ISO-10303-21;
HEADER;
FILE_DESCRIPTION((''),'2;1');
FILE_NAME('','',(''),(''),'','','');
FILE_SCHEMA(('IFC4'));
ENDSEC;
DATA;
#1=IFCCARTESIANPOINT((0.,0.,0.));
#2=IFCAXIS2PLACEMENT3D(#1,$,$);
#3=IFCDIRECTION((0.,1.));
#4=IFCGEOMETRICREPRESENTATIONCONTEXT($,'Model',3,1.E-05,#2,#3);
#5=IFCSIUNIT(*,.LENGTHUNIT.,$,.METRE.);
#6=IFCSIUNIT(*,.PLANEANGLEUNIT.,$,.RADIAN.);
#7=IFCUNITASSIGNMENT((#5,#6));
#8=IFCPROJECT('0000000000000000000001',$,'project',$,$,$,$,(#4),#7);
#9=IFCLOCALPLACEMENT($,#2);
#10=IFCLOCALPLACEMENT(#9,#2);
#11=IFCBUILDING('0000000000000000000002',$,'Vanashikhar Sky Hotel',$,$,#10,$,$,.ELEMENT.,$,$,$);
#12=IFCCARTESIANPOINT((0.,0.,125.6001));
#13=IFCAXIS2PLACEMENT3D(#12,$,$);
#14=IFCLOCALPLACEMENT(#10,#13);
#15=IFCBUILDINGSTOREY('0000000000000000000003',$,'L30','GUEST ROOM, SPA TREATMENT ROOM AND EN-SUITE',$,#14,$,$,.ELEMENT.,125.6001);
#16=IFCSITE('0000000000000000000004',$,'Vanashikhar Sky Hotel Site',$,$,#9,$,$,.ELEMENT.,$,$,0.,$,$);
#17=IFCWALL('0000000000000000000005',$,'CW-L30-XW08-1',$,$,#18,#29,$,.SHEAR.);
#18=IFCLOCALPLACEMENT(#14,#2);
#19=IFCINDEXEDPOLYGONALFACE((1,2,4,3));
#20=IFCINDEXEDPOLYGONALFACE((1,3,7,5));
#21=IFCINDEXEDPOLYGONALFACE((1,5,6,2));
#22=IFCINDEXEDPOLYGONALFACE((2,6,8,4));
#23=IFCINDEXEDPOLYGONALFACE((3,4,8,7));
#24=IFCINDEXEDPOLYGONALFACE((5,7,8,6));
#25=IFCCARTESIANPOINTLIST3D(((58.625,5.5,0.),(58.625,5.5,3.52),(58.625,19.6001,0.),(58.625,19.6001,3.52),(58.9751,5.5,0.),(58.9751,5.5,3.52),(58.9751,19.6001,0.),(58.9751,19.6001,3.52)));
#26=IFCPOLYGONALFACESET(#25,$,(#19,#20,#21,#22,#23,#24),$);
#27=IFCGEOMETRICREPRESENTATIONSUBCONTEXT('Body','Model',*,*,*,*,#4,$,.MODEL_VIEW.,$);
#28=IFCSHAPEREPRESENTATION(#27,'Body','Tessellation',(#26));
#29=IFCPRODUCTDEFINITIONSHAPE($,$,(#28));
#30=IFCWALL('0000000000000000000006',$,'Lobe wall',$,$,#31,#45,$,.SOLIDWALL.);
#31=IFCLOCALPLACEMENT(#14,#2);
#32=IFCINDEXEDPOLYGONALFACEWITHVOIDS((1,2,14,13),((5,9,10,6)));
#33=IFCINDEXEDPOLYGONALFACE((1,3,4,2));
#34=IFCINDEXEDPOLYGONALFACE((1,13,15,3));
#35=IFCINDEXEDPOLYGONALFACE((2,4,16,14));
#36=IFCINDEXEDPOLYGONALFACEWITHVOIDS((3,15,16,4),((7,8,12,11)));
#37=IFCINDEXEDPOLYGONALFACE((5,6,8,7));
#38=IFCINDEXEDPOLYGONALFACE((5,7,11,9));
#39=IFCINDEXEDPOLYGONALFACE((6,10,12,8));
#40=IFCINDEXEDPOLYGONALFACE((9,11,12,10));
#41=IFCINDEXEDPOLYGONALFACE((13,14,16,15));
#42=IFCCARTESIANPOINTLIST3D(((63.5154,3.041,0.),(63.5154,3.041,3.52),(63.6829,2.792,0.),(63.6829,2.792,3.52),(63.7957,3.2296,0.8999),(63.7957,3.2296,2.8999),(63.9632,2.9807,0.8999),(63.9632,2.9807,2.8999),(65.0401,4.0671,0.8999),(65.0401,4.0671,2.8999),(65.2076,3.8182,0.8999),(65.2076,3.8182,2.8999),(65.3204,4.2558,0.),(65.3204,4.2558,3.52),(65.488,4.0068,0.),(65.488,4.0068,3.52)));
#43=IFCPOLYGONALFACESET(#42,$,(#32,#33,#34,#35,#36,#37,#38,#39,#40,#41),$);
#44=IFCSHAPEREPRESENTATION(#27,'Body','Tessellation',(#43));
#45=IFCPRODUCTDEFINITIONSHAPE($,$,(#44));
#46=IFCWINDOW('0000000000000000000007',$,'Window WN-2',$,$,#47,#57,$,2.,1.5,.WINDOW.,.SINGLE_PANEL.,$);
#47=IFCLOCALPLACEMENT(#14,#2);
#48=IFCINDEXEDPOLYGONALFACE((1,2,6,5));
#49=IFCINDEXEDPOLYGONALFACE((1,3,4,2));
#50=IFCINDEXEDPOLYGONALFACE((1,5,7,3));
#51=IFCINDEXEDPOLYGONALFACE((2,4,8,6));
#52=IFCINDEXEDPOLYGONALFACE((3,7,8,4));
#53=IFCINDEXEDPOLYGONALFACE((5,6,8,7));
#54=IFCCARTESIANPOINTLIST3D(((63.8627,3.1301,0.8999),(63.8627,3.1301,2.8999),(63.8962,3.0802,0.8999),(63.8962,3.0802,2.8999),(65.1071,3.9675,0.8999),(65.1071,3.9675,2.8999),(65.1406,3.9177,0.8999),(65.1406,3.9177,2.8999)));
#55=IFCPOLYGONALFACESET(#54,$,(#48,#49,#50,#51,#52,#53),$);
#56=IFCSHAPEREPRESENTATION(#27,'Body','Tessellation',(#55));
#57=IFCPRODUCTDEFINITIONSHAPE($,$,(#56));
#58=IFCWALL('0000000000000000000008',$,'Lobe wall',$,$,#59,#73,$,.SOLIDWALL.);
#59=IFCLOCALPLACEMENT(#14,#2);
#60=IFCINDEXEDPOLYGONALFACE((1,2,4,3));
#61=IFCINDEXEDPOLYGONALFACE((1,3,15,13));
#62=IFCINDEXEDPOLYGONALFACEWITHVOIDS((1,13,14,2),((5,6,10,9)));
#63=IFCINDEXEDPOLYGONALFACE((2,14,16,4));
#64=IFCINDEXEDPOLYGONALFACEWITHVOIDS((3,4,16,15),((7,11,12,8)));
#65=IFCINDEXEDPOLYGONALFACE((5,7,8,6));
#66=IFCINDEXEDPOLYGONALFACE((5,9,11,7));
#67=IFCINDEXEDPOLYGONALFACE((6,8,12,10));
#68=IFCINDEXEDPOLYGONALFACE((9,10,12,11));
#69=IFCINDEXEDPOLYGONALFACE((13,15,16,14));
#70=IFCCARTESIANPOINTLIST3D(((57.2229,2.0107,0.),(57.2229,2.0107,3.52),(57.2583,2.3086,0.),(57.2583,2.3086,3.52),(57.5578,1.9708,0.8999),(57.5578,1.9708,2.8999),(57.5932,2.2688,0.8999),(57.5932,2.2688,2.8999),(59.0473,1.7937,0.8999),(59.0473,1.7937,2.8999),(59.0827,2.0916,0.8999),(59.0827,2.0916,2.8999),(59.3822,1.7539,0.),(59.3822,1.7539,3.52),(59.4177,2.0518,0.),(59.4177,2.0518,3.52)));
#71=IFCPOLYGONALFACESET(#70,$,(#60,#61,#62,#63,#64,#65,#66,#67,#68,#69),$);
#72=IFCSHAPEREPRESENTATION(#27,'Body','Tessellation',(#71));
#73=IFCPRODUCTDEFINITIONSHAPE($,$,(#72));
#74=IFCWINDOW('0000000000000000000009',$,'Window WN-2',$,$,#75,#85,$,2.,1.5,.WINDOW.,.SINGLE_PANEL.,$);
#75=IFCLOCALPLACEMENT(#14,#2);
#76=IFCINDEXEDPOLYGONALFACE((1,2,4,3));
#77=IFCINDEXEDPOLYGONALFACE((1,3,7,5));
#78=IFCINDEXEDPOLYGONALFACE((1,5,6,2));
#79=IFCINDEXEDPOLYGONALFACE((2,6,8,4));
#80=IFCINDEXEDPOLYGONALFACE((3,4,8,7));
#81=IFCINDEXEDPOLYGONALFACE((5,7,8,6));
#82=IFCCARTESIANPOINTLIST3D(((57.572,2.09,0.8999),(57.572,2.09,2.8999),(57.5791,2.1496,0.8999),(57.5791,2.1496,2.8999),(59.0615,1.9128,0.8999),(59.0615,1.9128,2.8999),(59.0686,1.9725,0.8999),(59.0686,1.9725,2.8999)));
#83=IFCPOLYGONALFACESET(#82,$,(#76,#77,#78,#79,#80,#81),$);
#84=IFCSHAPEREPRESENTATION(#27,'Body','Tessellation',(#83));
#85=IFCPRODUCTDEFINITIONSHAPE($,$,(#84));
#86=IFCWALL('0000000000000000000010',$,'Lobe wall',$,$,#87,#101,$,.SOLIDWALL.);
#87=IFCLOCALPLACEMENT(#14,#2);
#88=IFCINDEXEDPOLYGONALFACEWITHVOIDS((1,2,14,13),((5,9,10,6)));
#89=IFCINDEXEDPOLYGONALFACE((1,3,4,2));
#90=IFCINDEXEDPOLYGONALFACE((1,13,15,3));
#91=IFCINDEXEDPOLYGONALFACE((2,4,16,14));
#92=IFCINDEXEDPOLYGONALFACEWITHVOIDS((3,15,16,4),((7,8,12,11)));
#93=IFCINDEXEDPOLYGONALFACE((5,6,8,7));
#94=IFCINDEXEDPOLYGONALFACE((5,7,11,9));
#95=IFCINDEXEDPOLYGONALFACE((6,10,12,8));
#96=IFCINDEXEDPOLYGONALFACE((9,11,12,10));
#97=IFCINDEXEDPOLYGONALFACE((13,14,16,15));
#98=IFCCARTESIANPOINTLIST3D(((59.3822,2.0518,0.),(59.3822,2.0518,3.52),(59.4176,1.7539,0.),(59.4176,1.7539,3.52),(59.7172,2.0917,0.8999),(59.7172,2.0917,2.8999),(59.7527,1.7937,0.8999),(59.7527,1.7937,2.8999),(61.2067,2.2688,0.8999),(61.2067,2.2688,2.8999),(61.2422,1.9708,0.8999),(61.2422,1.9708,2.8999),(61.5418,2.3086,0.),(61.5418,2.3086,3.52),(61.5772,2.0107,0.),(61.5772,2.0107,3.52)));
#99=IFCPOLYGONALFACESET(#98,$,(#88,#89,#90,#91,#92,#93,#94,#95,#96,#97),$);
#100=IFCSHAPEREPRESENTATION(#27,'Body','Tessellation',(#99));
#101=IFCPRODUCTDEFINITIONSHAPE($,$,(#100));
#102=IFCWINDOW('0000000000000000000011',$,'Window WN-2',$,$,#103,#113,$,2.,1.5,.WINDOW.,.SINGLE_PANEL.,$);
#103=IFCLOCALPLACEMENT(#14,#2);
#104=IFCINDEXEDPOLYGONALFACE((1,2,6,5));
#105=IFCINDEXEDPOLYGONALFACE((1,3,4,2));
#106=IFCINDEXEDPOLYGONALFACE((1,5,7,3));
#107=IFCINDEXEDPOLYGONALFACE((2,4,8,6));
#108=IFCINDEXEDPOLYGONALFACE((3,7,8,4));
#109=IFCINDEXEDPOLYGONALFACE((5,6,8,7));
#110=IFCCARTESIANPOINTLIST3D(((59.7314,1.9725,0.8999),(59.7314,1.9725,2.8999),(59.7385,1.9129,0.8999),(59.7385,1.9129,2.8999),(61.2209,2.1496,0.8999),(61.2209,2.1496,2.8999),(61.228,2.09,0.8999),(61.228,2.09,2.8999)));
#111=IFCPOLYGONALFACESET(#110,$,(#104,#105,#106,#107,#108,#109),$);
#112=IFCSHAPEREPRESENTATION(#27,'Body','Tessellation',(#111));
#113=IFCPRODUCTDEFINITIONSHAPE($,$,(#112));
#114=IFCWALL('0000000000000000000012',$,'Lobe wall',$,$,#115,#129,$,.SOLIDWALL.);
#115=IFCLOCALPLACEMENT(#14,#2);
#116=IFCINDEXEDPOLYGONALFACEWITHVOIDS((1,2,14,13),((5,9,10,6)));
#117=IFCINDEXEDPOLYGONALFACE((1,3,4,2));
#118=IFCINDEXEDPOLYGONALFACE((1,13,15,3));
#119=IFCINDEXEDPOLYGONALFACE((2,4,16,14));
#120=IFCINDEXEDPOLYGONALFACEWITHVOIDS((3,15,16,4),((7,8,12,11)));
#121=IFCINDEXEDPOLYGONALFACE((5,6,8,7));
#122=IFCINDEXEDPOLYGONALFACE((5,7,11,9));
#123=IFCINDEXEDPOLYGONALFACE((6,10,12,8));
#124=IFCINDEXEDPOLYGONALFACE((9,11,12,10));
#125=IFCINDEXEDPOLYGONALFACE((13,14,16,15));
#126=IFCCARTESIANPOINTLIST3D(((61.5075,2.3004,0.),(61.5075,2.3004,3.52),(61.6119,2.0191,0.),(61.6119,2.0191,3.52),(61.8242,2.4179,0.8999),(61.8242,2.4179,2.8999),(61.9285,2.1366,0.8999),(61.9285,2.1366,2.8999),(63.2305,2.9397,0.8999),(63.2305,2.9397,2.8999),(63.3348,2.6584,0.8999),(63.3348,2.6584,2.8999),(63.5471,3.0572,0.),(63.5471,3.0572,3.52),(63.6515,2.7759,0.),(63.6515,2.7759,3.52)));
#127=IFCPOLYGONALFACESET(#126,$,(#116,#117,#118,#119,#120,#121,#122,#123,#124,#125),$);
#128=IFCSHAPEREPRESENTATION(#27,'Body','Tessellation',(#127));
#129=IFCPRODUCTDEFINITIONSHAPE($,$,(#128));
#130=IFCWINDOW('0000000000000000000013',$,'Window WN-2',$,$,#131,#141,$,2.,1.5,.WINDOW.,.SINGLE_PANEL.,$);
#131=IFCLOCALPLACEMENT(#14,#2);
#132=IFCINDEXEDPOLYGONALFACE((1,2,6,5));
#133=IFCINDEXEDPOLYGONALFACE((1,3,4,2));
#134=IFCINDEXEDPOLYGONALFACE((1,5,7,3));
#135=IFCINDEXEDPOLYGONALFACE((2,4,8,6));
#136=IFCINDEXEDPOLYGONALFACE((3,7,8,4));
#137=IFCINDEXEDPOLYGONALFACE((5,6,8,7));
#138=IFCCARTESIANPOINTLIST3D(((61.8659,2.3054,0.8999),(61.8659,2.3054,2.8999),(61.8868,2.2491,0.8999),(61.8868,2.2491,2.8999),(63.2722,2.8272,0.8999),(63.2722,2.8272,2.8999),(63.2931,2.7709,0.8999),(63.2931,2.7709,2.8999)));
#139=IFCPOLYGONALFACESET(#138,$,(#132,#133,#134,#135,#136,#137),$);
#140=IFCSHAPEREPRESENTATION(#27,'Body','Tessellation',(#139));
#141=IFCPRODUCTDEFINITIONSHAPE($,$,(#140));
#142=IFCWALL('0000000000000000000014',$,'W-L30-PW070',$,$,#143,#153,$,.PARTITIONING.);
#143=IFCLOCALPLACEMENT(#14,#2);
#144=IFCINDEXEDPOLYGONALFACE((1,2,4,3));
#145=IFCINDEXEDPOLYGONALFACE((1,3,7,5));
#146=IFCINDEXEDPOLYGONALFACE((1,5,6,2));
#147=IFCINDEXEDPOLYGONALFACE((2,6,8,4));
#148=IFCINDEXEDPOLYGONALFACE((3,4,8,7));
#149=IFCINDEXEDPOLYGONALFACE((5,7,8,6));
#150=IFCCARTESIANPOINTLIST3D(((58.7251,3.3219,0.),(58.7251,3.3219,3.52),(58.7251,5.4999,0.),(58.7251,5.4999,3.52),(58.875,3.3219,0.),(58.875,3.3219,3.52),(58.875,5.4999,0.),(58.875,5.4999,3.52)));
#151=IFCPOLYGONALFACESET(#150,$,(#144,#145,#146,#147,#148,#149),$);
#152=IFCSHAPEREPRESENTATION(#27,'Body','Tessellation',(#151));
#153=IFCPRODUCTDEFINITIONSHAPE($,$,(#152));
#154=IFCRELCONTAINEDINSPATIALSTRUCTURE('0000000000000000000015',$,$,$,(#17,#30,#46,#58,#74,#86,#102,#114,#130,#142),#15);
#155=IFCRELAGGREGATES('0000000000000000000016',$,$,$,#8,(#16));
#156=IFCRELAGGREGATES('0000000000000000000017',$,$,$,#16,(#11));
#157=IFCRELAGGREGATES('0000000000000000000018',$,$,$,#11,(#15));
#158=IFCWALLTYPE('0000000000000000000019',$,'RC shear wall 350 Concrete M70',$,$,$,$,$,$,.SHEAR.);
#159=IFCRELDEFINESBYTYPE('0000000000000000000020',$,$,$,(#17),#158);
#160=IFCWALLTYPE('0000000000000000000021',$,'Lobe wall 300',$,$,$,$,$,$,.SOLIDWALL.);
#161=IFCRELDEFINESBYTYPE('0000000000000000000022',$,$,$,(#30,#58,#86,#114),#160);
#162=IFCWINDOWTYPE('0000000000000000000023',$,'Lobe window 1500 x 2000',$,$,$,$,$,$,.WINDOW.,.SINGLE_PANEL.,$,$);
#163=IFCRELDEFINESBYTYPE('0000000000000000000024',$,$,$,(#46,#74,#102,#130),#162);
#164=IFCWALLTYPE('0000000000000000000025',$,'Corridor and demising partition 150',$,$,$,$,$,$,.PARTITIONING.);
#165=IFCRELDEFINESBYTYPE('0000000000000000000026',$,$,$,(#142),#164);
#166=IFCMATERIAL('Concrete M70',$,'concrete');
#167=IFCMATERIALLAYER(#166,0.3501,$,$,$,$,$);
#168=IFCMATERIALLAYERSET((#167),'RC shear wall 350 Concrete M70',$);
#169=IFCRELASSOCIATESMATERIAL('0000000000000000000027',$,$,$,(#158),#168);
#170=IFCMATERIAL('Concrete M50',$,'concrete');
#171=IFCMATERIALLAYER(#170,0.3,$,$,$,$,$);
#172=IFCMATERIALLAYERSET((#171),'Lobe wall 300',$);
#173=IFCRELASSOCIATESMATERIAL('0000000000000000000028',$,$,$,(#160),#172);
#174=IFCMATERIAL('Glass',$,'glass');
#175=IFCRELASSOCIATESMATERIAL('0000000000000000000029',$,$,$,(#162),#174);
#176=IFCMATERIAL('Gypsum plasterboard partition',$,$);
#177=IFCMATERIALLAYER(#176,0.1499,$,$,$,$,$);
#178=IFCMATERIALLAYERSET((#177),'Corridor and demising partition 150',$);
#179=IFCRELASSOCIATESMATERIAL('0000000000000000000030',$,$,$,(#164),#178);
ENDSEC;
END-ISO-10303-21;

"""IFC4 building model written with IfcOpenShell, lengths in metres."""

from ifc_helpers import new_model, si_unit, direction, frame, frame_2d, origin, place, context, subcontext, project, spatial, rectangle, extrude, source, transform, mapped, material, layer, layer_set, type_object, element, fill, save


model = new_model("IFC4")

# Units and contexts
model_context = context("Model", 3, precision=1e-05, world=origin(), true_north=direction((0.0, 1.0)))
body_context = subcontext(model_context, "Body", "Model", "MODEL_VIEW")
ifc_project = project(units=[si_unit("LENGTHUNIT", "METRE"), si_unit("PLANEANGLEUNIT", "RADIAN")], contexts=[model_context])

# Site, building, storey
site_placement = place(None, origin())
site = spatial("IfcSite", under=ifc_project, at=site_placement, Name="Vanashikhar Sky Hotel Site", CompositionType="ELEMENT", RefElevation=0.0)
building_placement = place(site_placement, origin())
building = spatial("IfcBuilding", under=site, at=building_placement, Name="Vanashikhar Sky Hotel", CompositionType="ELEMENT")
storey_placement = place(building_placement, frame((0.0, 0.0, 125.6001)))
storey = spatial("IfcBuildingStorey", under=building, at=storey_placement, Name="L30", Description="GUEST ROOM, SPA TREATMENT ROOM AND EN-SUITE", CompositionType="ELEMENT", Elevation=125.6001)

# Wall
ifc_material_1 = material(Name="Concrete M70", Category="concrete")
ifc_layer_1 = layer(ifc_material_1, 0.3501)
ifc_layer_set_1 = layer_set([ifc_layer_1], Name="RC shear wall 350 Concrete M70")
wall_type_1 = type_object("IfcWallType", Name="RC shear wall 350 Concrete M70", PredefinedType="SHEAR", material=ifc_layer_set_1)
shared_shape_1 = source(origin(), body_context, "Body", "SweptSolid", [
    extrude(rectangle(XDim=14.1001, YDim=0.3501, at=frame_2d((7.05, 0.0))), origin(), (0.0, 0.0, 1.0), 3.52),
])
wall_1_placement = place(storey_placement, frame((58.8, 5.5, 0.0), z_axis=(0.0, 0.0, 1.0), x_axis=(0.0, 1.0, 0.0)))
element("IfcWall", 1, at=wall_1_placement, inside=storey, type_object=wall_type_1, Name="CW-L30-XW08-1", PredefinedType="SHEAR", context=body_context, shape_type="MappedRepresentation", body=[
    mapped(shared_shape_1, transform((0.0, 0.0, 0.0), scale=1.0)),
])

# Walls, openings, windows
ifc_material_2 = material(Name="Concrete M50", Category="concrete")
ifc_layer_2 = layer(ifc_material_2, 0.3)
ifc_layer_set_2 = layer_set([ifc_layer_2], Name="Lobe wall 300")
wall_type_2 = type_object("IfcWallType", Name="Lobe wall 300", PredefinedType="SOLIDWALL", material=ifc_layer_set_2)
shared_shape_2 = source(origin(), body_context, "Body", "SweptSolid", [
    extrude(rectangle(XDim=2.1758, YDim=0.3, at=frame_2d((1.0879, 0.0))), origin(), (0.0, 0.0, 1.0), 3.52),
])
wall_2_placement = place(storey_placement, frame((63.5991, 2.9165, 0.0), z_axis=(0.0, 0.0, 1.0), x_axis=(0.829626, 0.55832, 0.0)))
wall_2 = element("IfcWall", 2, at=wall_2_placement, inside=storey, type_object=wall_type_2, Name="Lobe wall", PredefinedType="SOLIDWALL", context=body_context, shape_type="MappedRepresentation", body=[
    mapped(shared_shape_2, transform((0.0, 0.0, 0.0), scale=1.0)),
])
shared_shape_3 = source(origin(), body_context, "Body", "SweptSolid", [
    extrude(rectangle(XDim=1.5, YDim=2.0, at=frame_2d((0.75, 1.0))), frame((0.0, 0.1602, 0.0), z_axis=(0.0, -1.0, 0.0), x_axis=(1.0, 0.0, 0.0)), (0.0, 0.0, 1.0), 0.3201),
])
opening_1_placement = place(wall_2_placement, frame((0.3379, 0.0, 0.8999)))
opening_1 = element("IfcOpeningElement", 3, at=opening_1_placement, cuts=wall_2, PredefinedType="OPENING", context=body_context, shape_type="MappedRepresentation", body=[
    mapped(shared_shape_3, transform((0.0, 0.0, 0.0), scale=1.0)),
])
ifc_material_3 = material(Name="Glass", Category="glass")
window_type = type_object("IfcWindowType", Name="Lobe window 1500 x 2000", PartitioningType="SINGLE_PANEL", PredefinedType="WINDOW", material=ifc_material_3)
shared_shape_4 = source(origin(), body_context, "Body", "SweptSolid", [
    extrude(rectangle(XDim=1.5, YDim=2.0, at=frame_2d((0.75, 1.0))), frame((0.0, 0.03, 0.0), z_axis=(0.0, -1.0, 0.0), x_axis=(1.0, 0.0, 0.0)), (0.0, 0.0, 1.0), 0.0601),
])
window_1_placement = place(opening_1_placement, origin())
window_1 = element("IfcWindow", 4, at=window_1_placement, inside=storey, type_object=window_type, Name="Window WN-2", OverallHeight=2.0, OverallWidth=1.5, PartitioningType="SINGLE_PANEL", PredefinedType="WINDOW", context=body_context, shape_type="MappedRepresentation", body=[
    mapped(shared_shape_4, transform((0.0, 0.0, 0.0), scale=1.0)),
])
fill(opening_1, window_1)
shared_shape_5 = source(origin(), body_context, "Body", "SweptSolid", [
    extrude(rectangle(XDim=2.1746, YDim=0.3, at=frame_2d((1.0874, 0.0))), origin(), (0.0, 0.0, 1.0), 3.52),
])
wall_3_placement = place(storey_placement, frame((57.2405, 2.1597, 0.0), z_axis=(0.0, 0.0, 1.0), x_axis=(0.993001, -0.118105, 0.0)))
wall_3 = element("IfcWall", 5, at=wall_3_placement, inside=storey, type_object=wall_type_2, Name="Lobe wall", PredefinedType="SOLIDWALL", context=body_context, shape_type="MappedRepresentation", body=[
    mapped(shared_shape_5, transform((0.0, 0.0, 0.0), scale=1.0)),
])
opening_2_placement = place(wall_3_placement, frame((0.3374, 0.0, 0.8999)))
opening_2 = element("IfcOpeningElement", 6, at=opening_2_placement, cuts=wall_3, PredefinedType="OPENING", context=body_context, shape_type="MappedRepresentation", body=[
    mapped(shared_shape_3, transform((0.0, 0.0, 0.0), scale=1.0)),
])
window_2_placement = place(opening_2_placement, origin())
window_2 = element("IfcWindow", 7, at=window_2_placement, inside=storey, type_object=window_type, Name="Window WN-2", OverallHeight=2.0, OverallWidth=1.5, PartitioningType="SINGLE_PANEL", PredefinedType="WINDOW", context=body_context, shape_type="MappedRepresentation", body=[
    mapped(shared_shape_4, transform((0.0, 0.0, 0.0), scale=1.0)),
])
fill(opening_2, window_2)
shared_shape_6 = source(origin(), body_context, "Body", "SweptSolid", [
    extrude(rectangle(XDim=2.1748, YDim=0.3, at=frame_2d((1.0874, 0.0))), origin(), (0.0, 0.0, 1.0), 3.52),
])
wall_4_placement = place(storey_placement, frame((59.3999, 1.9028, 0.0), z_axis=(0.0, 0.0, 1.0), x_axis=(0.993003, 0.118092, 0.0)))
wall_4 = element("IfcWall", 8, at=wall_4_placement, inside=storey, type_object=wall_type_2, Name="Lobe wall", PredefinedType="SOLIDWALL", context=body_context, shape_type="MappedRepresentation", body=[
    mapped(shared_shape_6, transform((0.0, 0.0, 0.0), scale=1.0)),
])
opening_3_placement = place(wall_4_placement, frame((0.3374, 0.0, 0.8999)))
opening_3 = element("IfcOpeningElement", 9, at=opening_3_placement, cuts=wall_4, PredefinedType="OPENING", context=body_context, shape_type="MappedRepresentation", body=[
    mapped(shared_shape_3, transform((0.0, 0.0, 0.0), scale=1.0)),
])
window_3_placement = place(opening_3_placement, origin())
window_3 = element("IfcWindow", 10, at=window_3_placement, inside=storey, type_object=window_type, Name="Window WN-2", OverallHeight=2.0, OverallWidth=1.5, PartitioningType="SINGLE_PANEL", PredefinedType="WINDOW", context=body_context, shape_type="MappedRepresentation", body=[
    mapped(shared_shape_4, transform((0.0, 0.0, 0.0), scale=1.0)),
])
fill(opening_3, window_3)
shared_shape_7 = source(origin(), body_context, "Body", "SweptSolid", [
    extrude(rectangle(XDim=2.1755, YDim=0.3, at=frame_2d((1.0879, 0.0))), origin(), (0.0, 0.0, 1.0), 3.52),
])
wall_5_placement = place(storey_placement, frame((61.5596, 2.1597, 0.0), z_axis=(0.0, 0.0, 1.0), x_axis=(0.937532, 0.347899, 0.0)))
wall_5 = element("IfcWall", 11, at=wall_5_placement, inside=storey, type_object=wall_type_2, Name="Lobe wall", PredefinedType="SOLIDWALL", context=body_context, shape_type="MappedRepresentation", body=[
    mapped(shared_shape_7, transform((0.0, 0.0, 0.0), scale=1.0)),
])
opening_4_placement = place(wall_5_placement, frame((0.3379, 0.0, 0.8999)))
opening_4 = element("IfcOpeningElement", 12, at=opening_4_placement, cuts=wall_5, PredefinedType="OPENING", context=body_context, shape_type="MappedRepresentation", body=[
    mapped(shared_shape_3, transform((0.0, 0.0, 0.0), scale=1.0)),
])
window_4_placement = place(opening_4_placement, origin())
window_4 = element("IfcWindow", 13, at=window_4_placement, inside=storey, type_object=window_type, Name="Window WN-2", OverallHeight=2.0, OverallWidth=1.5, PartitioningType="SINGLE_PANEL", PredefinedType="WINDOW", context=body_context, shape_type="MappedRepresentation", body=[
    mapped(shared_shape_4, transform((0.0, 0.0, 0.0), scale=1.0)),
])
fill(opening_4, window_4)

# Wall
ifc_material_4 = material(Name="Gypsum plasterboard partition")
ifc_layer_3 = layer(ifc_material_4, 0.1499)
ifc_layer_set_3 = layer_set([ifc_layer_3], Name="Corridor and demising partition 150")
wall_type_3 = type_object("IfcWallType", Name="Corridor and demising partition 150", PredefinedType="PARTITIONING", material=ifc_layer_set_3)
shared_shape_8 = source(origin(), body_context, "Body", "SweptSolid", [
    extrude(rectangle(XDim=2.178, YDim=0.1499, at=frame_2d((1.0889, 0.0))), origin(), (0.0, 0.0, 1.0), 3.52),
])
wall_6_placement = place(storey_placement, frame((58.8, 3.322, 0.0), z_axis=(0.0, 0.0, 1.0), x_axis=(0.0, 1.0, 0.0)))
element("IfcWall", 14, at=wall_6_placement, inside=storey, type_object=wall_type_3, Name="W-L30-PW070", PredefinedType="PARTITIONING", context=body_context, shape_type="MappedRepresentation", body=[
    mapped(shared_shape_8, transform((0.0, 0.0, 0.0), scale=1.0)),
])

save(model, "model.ifc")
